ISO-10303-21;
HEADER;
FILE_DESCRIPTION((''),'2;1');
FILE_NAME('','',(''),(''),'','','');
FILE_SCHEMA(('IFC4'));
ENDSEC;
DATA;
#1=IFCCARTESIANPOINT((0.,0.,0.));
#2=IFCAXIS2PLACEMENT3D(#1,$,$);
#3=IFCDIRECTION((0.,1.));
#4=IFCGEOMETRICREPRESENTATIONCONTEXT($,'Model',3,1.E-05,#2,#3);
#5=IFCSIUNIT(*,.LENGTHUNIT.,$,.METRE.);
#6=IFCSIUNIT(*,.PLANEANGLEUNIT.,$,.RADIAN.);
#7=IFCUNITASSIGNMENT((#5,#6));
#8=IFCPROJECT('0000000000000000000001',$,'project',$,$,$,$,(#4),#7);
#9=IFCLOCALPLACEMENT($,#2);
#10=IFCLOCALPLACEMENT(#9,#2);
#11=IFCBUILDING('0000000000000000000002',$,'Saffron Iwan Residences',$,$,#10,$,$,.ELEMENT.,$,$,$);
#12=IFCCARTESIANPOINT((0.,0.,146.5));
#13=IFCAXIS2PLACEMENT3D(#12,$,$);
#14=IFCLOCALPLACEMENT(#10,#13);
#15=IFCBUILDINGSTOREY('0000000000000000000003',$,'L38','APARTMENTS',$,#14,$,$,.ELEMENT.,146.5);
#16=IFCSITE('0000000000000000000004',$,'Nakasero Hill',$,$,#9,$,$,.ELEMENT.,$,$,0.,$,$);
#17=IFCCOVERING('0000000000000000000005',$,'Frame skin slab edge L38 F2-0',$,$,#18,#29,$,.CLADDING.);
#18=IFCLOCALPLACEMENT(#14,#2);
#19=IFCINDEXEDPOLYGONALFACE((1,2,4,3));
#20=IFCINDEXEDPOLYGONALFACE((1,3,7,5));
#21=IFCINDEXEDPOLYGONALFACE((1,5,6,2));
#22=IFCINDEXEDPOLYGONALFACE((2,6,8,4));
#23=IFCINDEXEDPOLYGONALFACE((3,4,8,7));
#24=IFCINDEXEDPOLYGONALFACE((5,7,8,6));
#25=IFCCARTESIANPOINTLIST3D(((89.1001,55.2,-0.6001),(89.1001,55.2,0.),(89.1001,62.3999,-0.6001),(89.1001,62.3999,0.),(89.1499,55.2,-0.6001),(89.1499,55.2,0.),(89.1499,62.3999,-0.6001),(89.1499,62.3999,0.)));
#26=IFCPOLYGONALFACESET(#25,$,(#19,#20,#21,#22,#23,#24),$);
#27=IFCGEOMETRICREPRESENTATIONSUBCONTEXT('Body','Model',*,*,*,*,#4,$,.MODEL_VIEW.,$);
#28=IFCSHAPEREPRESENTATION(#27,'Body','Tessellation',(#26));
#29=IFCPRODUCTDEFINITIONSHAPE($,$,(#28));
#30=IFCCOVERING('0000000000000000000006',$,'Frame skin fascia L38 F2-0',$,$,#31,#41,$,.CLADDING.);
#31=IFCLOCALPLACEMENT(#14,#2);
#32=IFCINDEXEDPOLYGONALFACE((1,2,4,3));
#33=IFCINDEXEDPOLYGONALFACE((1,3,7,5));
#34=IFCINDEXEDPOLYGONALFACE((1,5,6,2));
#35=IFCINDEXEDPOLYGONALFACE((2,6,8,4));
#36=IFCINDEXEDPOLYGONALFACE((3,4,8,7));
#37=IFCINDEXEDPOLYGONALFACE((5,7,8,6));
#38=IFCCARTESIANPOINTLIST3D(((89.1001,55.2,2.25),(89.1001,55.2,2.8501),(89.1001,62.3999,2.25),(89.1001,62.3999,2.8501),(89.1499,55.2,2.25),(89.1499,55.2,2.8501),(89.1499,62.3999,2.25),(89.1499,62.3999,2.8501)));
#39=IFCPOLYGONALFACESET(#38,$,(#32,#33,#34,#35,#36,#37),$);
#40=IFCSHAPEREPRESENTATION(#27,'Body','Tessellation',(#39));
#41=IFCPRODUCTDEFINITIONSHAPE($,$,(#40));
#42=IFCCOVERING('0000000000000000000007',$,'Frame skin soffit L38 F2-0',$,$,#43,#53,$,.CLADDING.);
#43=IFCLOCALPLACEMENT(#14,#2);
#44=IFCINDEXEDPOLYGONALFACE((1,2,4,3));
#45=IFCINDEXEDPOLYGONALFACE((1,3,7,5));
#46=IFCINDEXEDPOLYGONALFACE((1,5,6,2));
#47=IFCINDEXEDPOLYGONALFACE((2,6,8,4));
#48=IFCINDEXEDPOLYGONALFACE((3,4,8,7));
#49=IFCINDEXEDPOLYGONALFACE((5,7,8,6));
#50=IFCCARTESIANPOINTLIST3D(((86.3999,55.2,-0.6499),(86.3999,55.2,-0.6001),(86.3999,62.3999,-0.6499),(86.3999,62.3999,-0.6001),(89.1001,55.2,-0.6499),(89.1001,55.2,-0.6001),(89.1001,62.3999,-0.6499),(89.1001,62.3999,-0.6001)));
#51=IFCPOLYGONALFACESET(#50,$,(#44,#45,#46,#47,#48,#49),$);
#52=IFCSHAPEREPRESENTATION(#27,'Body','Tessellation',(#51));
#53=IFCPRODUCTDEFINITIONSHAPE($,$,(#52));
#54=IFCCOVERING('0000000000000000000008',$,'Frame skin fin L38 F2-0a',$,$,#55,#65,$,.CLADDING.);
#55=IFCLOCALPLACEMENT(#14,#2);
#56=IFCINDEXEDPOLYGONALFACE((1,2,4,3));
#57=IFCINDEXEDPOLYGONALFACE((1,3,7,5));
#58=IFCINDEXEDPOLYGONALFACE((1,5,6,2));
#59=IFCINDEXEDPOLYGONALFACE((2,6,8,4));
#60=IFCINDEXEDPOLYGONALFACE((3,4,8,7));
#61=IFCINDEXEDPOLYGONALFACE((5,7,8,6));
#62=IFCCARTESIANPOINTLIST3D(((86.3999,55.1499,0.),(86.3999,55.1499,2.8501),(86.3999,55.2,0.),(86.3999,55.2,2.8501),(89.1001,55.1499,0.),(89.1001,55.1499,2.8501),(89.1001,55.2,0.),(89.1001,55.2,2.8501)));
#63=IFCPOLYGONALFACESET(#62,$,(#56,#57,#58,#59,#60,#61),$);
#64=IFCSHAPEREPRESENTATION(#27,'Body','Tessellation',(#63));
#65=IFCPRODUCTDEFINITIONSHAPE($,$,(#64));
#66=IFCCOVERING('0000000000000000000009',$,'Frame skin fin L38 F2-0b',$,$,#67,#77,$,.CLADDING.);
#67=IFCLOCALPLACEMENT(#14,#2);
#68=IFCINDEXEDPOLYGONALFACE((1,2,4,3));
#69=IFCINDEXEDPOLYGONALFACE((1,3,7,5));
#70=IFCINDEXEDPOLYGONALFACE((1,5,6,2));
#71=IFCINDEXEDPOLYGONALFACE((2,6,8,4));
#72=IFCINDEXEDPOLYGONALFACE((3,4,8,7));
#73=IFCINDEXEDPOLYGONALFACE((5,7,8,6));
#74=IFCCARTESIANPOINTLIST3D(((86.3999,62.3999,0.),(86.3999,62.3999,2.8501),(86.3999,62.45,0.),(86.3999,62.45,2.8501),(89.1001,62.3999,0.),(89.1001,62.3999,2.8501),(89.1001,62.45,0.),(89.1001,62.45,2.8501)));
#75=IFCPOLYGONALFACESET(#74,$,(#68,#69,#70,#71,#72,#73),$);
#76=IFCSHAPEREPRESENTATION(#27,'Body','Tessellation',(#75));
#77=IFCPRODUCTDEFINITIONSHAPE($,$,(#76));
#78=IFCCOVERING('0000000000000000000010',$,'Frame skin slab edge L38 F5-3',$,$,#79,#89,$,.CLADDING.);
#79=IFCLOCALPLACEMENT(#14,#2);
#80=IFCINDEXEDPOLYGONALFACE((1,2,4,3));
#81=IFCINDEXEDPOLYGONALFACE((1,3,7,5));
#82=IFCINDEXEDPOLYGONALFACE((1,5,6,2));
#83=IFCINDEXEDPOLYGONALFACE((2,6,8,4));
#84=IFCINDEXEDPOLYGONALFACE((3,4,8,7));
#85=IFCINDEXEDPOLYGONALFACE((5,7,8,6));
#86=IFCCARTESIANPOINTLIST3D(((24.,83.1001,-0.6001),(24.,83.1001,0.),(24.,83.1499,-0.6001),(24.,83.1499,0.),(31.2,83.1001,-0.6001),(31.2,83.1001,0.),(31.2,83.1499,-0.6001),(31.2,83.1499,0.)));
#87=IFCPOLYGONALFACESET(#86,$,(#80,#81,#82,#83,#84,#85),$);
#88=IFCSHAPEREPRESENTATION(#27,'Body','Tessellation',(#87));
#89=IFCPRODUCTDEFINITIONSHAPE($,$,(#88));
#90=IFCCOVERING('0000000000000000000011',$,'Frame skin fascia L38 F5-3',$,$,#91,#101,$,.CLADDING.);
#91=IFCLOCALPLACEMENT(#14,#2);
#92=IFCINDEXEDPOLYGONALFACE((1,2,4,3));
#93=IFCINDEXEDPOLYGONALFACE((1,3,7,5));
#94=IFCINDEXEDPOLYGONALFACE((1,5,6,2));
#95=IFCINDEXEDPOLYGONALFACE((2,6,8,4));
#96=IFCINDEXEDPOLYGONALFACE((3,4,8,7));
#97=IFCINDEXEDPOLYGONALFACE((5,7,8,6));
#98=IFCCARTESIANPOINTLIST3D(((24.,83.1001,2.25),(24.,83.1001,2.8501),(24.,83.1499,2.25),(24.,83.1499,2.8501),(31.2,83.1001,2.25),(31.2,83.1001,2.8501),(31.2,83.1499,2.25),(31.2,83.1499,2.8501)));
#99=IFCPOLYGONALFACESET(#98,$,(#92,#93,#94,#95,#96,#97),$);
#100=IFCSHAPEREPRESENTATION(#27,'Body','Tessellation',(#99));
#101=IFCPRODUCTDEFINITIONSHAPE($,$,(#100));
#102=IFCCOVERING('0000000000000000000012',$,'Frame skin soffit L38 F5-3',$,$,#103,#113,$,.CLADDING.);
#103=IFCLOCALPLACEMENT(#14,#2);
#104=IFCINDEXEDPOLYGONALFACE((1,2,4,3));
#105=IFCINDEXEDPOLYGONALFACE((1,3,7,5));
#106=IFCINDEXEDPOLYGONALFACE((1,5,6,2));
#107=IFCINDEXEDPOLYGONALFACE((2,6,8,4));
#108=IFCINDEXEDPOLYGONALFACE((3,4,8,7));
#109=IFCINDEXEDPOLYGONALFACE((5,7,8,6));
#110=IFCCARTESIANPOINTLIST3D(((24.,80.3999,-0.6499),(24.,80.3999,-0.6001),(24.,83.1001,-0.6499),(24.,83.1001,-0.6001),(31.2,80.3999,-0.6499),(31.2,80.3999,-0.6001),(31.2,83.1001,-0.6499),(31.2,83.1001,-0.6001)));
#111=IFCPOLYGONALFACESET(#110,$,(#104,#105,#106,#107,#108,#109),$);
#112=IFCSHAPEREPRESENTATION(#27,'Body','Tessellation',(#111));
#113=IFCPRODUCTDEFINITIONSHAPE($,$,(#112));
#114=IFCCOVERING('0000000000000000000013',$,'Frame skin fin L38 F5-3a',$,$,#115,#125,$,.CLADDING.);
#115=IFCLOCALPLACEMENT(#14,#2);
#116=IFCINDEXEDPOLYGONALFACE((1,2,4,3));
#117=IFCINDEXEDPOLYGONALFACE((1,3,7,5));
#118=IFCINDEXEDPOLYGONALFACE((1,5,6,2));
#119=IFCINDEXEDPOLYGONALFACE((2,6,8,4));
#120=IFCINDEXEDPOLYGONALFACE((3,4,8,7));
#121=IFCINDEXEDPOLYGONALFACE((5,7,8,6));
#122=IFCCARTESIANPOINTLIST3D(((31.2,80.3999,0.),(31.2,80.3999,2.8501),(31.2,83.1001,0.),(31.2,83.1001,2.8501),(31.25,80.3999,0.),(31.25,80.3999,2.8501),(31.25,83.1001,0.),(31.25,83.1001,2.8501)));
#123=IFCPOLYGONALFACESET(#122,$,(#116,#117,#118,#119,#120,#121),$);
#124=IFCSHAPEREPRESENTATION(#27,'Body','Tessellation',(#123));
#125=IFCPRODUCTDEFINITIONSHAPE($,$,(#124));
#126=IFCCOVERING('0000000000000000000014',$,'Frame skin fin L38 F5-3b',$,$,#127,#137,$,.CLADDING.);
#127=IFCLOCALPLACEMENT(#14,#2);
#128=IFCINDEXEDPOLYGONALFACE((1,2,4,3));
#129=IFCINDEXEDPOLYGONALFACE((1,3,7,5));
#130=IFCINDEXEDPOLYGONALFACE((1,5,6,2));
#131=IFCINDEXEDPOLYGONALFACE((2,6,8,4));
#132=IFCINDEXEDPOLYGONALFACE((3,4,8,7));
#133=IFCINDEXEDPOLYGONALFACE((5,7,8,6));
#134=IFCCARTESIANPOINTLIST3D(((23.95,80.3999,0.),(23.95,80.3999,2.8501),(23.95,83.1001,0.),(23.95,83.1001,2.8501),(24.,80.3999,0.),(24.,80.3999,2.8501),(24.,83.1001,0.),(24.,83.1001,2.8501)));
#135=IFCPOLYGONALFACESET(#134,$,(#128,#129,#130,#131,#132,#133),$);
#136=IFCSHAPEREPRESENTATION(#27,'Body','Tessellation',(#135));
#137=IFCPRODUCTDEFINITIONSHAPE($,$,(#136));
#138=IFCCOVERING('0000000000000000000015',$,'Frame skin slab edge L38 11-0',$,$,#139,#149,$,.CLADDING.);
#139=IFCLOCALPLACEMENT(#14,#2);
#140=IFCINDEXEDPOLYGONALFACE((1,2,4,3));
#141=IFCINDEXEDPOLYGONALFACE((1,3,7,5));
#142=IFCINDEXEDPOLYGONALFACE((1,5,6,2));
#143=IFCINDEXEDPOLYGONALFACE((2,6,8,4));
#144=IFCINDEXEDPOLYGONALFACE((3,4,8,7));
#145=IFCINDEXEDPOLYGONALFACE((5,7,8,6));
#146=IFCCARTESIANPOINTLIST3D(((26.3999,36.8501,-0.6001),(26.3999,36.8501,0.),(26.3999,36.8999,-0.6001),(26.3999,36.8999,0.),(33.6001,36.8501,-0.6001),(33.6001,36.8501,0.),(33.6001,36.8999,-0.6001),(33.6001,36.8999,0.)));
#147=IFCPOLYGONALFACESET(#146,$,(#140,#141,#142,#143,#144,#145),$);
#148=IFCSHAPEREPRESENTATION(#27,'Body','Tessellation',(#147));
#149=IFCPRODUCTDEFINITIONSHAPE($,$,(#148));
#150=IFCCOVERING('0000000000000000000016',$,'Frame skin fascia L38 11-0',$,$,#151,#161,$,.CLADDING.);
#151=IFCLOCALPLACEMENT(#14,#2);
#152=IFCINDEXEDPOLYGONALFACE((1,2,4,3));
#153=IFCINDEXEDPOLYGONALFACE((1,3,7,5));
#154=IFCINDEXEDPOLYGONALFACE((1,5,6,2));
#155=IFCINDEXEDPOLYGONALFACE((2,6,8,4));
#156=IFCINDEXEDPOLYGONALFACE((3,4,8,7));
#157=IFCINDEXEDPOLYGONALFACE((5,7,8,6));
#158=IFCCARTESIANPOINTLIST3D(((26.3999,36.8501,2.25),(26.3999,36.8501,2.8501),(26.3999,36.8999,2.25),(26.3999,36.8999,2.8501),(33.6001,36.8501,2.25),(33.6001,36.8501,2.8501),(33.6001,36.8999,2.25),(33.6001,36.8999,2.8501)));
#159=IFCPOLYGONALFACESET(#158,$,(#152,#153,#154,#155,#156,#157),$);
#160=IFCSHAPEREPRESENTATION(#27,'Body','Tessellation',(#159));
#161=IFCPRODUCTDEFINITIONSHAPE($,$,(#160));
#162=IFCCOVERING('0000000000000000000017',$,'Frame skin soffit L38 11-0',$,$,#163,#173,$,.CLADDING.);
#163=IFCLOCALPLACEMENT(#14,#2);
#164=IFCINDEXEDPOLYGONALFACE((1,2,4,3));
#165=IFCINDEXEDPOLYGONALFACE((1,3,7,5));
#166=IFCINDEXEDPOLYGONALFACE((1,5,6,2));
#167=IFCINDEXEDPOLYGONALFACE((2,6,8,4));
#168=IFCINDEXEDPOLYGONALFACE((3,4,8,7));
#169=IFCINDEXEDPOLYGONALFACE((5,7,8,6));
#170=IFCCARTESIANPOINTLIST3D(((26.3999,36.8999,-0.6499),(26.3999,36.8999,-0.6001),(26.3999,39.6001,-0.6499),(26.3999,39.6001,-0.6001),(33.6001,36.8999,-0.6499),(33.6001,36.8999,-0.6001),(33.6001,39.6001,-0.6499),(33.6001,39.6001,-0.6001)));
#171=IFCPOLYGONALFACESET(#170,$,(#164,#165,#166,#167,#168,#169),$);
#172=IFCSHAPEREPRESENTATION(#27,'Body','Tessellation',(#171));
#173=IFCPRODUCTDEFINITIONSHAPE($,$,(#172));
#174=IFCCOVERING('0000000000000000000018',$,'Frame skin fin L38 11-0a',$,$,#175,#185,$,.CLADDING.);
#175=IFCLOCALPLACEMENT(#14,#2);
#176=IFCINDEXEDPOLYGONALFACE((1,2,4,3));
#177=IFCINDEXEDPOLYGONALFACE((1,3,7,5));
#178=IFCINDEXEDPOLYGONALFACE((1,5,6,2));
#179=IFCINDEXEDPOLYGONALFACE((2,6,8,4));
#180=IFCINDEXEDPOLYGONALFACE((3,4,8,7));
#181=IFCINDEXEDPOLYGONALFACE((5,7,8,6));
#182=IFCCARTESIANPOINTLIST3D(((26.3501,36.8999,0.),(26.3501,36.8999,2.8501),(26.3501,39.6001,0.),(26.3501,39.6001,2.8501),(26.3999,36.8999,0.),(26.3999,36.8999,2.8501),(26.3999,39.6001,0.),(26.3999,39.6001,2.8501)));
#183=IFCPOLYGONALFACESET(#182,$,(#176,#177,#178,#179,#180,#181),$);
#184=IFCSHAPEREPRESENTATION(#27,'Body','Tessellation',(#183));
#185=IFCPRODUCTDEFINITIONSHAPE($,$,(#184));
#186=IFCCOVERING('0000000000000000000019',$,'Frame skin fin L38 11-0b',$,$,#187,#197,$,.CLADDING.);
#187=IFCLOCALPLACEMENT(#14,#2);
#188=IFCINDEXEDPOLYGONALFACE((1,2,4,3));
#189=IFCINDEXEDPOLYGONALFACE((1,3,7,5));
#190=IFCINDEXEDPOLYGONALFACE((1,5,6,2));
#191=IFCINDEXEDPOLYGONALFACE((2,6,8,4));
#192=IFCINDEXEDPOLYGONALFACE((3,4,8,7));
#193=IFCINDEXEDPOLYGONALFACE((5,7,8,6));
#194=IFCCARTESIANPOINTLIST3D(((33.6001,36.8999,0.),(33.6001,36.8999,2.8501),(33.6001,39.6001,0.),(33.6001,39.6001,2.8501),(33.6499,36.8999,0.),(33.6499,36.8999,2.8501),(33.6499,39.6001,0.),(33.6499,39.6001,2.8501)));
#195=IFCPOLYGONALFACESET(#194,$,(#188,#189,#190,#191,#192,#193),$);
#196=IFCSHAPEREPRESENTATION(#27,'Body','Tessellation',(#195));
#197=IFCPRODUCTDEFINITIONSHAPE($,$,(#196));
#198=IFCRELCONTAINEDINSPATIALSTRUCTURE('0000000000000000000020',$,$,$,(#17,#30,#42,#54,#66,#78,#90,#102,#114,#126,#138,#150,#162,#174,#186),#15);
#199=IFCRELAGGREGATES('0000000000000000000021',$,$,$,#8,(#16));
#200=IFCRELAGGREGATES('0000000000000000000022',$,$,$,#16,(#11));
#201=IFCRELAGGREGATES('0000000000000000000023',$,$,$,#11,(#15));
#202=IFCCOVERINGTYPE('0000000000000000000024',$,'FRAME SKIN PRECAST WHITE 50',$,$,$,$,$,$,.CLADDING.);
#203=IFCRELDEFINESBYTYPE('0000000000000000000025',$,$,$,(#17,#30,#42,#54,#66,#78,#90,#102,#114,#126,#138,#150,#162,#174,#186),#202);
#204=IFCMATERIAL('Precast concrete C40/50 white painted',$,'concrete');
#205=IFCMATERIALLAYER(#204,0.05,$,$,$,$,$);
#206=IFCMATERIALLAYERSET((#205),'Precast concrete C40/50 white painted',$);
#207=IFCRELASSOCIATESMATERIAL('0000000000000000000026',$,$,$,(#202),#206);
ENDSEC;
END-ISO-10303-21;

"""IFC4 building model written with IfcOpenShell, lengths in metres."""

from ifc_helpers import new_model, si_unit, direction, frame, origin, place, context, subcontext, project, spatial, polyline, outline, extrude, material, layer, layer_set, type_object, element, save


model = new_model("IFC4")

# Units and contexts
model_context = context("Model", 3, precision=1e-05, world=origin(), true_north=direction((0.0, 1.0)))
body_context = subcontext(model_context, "Body", "Model", "MODEL_VIEW")
ifc_project = project(units=[si_unit("LENGTHUNIT", "METRE"), si_unit("PLANEANGLEUNIT", "RADIAN")], contexts=[model_context])

# Site, building, storey
site_placement = place(None, origin())
site = spatial("IfcSite", under=ifc_project, at=site_placement, Name="Nakasero Hill", CompositionType="ELEMENT", RefElevation=0.0)
building_placement = place(site_placement, origin())
building = spatial("IfcBuilding", under=site, at=building_placement, Name="Saffron Iwan Residences", CompositionType="ELEMENT")
storey_placement = place(building_placement, frame((0.0, 0.0, 146.5)))
storey = spatial("IfcBuildingStorey", under=building, at=storey_placement, Name="L38", Description="APARTMENTS", CompositionType="ELEMENT", Elevation=146.5)

# Coverings
ifc_material_1 = material(Name="Precast concrete C40/50 white painted", Category="concrete")
ifc_layer_1 = layer(ifc_material_1, 0.05)
ifc_layer_set_1 = layer_set([ifc_layer_1], Name="Precast concrete C40/50 white painted")
covering_type_1 = type_object("IfcCoveringType", Name="FRAME SKIN PRECAST WHITE 50", PredefinedType="CLADDING", material=ifc_layer_set_1)
for number, where, name in (
    (1, (0.0, 0.0, -0.6001), "Frame skin slab edge L38 F2-0"),
    (2, (0.0, 0.0, 2.25), "Frame skin fascia L38 F2-0"),
):
    element("IfcCovering", number, at=place(storey_placement, frame(where)), inside=storey, type_object=covering_type_1, Name=name, PredefinedType="CLADDING", context=body_context, shape_type="SweptSolid", body=[
        extrude(outline(polyline([(89.1499, 55.2), (89.1499, 62.3999), (89.1001, 62.3999), (89.1001, 55.2), (89.1499, 55.2)])), origin(), (0.0, 0.0, 1.0), 0.6001),
    ])
covering_1_placement = place(storey_placement, frame((0.0, 0.0, -0.6499)))
element("IfcCovering", 3, at=covering_1_placement, inside=storey, type_object=covering_type_1, Name="Frame skin soffit L38 F2-0", PredefinedType="CLADDING", context=body_context, shape_type="SweptSolid", body=[
    extrude(outline(polyline([(89.1001, 55.2), (89.1001, 62.3999), (86.3999, 62.3999), (86.3999, 55.2), (89.1001, 55.2)])), origin(), (0.0, 0.0, 1.0), 0.0498),
])
covering_2_placement = place(storey_placement, origin())
element("IfcCovering", 4, at=covering_2_placement, inside=storey, type_object=covering_type_1, Name="Frame skin fin L38 F2-0a", PredefinedType="CLADDING", context=body_context, shape_type="SweptSolid", body=[
    extrude(outline(polyline([(89.1001, 55.1499), (89.1001, 55.2), (86.3999, 55.2), (86.3999, 55.1499), (89.1001, 55.1499)])), origin(), (0.0, 0.0, 1.0), 2.8501),
])
covering_3_placement = place(storey_placement, origin())
element("IfcCovering", 5, at=covering_3_placement, inside=storey, type_object=covering_type_1, Name="Frame skin fin L38 F2-0b", PredefinedType="CLADDING", context=body_context, shape_type="SweptSolid", body=[
    extrude(outline(polyline([(89.1001, 62.3999), (89.1001, 62.45), (86.3999, 62.45), (86.3999, 62.3999), (89.1001, 62.3999)])), origin(), (0.0, 0.0, 1.0), 2.8501),
])
for number, where, name in (
    (6, (0.0, 0.0, -0.6001), "Frame skin slab edge L38 F5-3"),
    (7, (0.0, 0.0, 2.25), "Frame skin fascia L38 F5-3"),
):
    element("IfcCovering", number, at=place(storey_placement, frame(where)), inside=storey, type_object=covering_type_1, Name=name, PredefinedType="CLADDING", context=body_context, shape_type="SweptSolid", body=[
        extrude(outline(polyline([(31.2, 83.1499), (24.0, 83.1499), (24.0, 83.1001), (31.2, 83.1001), (31.2, 83.1499)])), origin(), (0.0, 0.0, 1.0), 0.6001),
    ])
covering_4_placement = place(storey_placement, frame((0.0, 0.0, -0.6499)))
element("IfcCovering", 8, at=covering_4_placement, inside=storey, type_object=covering_type_1, Name="Frame skin soffit L38 F5-3", PredefinedType="CLADDING", context=body_context, shape_type="SweptSolid", body=[
    extrude(outline(polyline([(31.2, 83.1001), (24.0, 83.1001), (24.0, 80.3999), (31.2, 80.3999), (31.2, 83.1001)])), origin(), (0.0, 0.0, 1.0), 0.0498),
])
covering_5_placement = place(storey_placement, origin())
element("IfcCovering", 9, at=covering_5_placement, inside=storey, type_object=covering_type_1, Name="Frame skin fin L38 F5-3a", PredefinedType="CLADDING", context=body_context, shape_type="SweptSolid", body=[
    extrude(outline(polyline([(31.25, 83.1001), (31.2, 83.1001), (31.2, 80.3999), (31.25, 80.3999), (31.25, 83.1001)])), origin(), (0.0, 0.0, 1.0), 2.8501),
])
covering_6_placement = place(storey_placement, origin())
element("IfcCovering", 10, at=covering_6_placement, inside=storey, type_object=covering_type_1, Name="Frame skin fin L38 F5-3b", PredefinedType="CLADDING", context=body_context, shape_type="SweptSolid", body=[
    extrude(outline(polyline([(24.0, 83.1001), (23.95, 83.1001), (23.95, 80.3999), (24.0, 80.3999), (24.0, 83.1001)])), origin(), (0.0, 0.0, 1.0), 2.8501),
])
for number, where, name in (
    (11, (0.0, 0.0, -0.6001), "Frame skin slab edge L38 11-0"),
    (12, (0.0, 0.0, 2.25), "Frame skin fascia L38 11-0"),
):
    element("IfcCovering", number, at=place(storey_placement, frame(where)), inside=storey, type_object=covering_type_1, Name=name, PredefinedType="CLADDING", context=body_context, shape_type="SweptSolid", body=[
        extrude(outline(polyline([(26.3999, 36.8501), (33.6001, 36.8501), (33.6001, 36.8999), (26.3999, 36.8999), (26.3999, 36.8501)])), origin(), (0.0, 0.0, 1.0), 0.6001),
    ])
covering_7_placement = place(storey_placement, frame((0.0, 0.0, -0.6499)))
element("IfcCovering", 13, at=covering_7_placement, inside=storey, type_object=covering_type_1, Name="Frame skin soffit L38 11-0", PredefinedType="CLADDING", context=body_context, shape_type="SweptSolid", body=[
    extrude(outline(polyline([(26.3999, 36.8999), (33.6001, 36.8999), (33.6001, 39.6001), (26.3999, 39.6001), (26.3999, 36.8999)])), origin(), (0.0, 0.0, 1.0), 0.0498),
])
covering_8_placement = place(storey_placement, origin())
element("IfcCovering", 14, at=covering_8_placement, inside=storey, type_object=covering_type_1, Name="Frame skin fin L38 11-0a", PredefinedType="CLADDING", context=body_context, shape_type="SweptSolid", body=[
    extrude(outline(polyline([(26.3501, 36.8999), (26.3999, 36.8999), (26.3999, 39.6001), (26.3501, 39.6001), (26.3501, 36.8999)])), origin(), (0.0, 0.0, 1.0), 2.8501),
])
covering_9_placement = place(storey_placement, origin())
element("IfcCovering", 15, at=covering_9_placement, inside=storey, type_object=covering_type_1, Name="Frame skin fin L38 11-0b", PredefinedType="CLADDING", context=body_context, shape_type="SweptSolid", body=[
    extrude(outline(polyline([(33.6001, 36.8999), (33.6499, 36.8999), (33.6499, 39.6001), (33.6001, 39.6001), (33.6001, 36.8999)])), origin(), (0.0, 0.0, 1.0), 2.8501),
])

save(model, "model.ifc")
